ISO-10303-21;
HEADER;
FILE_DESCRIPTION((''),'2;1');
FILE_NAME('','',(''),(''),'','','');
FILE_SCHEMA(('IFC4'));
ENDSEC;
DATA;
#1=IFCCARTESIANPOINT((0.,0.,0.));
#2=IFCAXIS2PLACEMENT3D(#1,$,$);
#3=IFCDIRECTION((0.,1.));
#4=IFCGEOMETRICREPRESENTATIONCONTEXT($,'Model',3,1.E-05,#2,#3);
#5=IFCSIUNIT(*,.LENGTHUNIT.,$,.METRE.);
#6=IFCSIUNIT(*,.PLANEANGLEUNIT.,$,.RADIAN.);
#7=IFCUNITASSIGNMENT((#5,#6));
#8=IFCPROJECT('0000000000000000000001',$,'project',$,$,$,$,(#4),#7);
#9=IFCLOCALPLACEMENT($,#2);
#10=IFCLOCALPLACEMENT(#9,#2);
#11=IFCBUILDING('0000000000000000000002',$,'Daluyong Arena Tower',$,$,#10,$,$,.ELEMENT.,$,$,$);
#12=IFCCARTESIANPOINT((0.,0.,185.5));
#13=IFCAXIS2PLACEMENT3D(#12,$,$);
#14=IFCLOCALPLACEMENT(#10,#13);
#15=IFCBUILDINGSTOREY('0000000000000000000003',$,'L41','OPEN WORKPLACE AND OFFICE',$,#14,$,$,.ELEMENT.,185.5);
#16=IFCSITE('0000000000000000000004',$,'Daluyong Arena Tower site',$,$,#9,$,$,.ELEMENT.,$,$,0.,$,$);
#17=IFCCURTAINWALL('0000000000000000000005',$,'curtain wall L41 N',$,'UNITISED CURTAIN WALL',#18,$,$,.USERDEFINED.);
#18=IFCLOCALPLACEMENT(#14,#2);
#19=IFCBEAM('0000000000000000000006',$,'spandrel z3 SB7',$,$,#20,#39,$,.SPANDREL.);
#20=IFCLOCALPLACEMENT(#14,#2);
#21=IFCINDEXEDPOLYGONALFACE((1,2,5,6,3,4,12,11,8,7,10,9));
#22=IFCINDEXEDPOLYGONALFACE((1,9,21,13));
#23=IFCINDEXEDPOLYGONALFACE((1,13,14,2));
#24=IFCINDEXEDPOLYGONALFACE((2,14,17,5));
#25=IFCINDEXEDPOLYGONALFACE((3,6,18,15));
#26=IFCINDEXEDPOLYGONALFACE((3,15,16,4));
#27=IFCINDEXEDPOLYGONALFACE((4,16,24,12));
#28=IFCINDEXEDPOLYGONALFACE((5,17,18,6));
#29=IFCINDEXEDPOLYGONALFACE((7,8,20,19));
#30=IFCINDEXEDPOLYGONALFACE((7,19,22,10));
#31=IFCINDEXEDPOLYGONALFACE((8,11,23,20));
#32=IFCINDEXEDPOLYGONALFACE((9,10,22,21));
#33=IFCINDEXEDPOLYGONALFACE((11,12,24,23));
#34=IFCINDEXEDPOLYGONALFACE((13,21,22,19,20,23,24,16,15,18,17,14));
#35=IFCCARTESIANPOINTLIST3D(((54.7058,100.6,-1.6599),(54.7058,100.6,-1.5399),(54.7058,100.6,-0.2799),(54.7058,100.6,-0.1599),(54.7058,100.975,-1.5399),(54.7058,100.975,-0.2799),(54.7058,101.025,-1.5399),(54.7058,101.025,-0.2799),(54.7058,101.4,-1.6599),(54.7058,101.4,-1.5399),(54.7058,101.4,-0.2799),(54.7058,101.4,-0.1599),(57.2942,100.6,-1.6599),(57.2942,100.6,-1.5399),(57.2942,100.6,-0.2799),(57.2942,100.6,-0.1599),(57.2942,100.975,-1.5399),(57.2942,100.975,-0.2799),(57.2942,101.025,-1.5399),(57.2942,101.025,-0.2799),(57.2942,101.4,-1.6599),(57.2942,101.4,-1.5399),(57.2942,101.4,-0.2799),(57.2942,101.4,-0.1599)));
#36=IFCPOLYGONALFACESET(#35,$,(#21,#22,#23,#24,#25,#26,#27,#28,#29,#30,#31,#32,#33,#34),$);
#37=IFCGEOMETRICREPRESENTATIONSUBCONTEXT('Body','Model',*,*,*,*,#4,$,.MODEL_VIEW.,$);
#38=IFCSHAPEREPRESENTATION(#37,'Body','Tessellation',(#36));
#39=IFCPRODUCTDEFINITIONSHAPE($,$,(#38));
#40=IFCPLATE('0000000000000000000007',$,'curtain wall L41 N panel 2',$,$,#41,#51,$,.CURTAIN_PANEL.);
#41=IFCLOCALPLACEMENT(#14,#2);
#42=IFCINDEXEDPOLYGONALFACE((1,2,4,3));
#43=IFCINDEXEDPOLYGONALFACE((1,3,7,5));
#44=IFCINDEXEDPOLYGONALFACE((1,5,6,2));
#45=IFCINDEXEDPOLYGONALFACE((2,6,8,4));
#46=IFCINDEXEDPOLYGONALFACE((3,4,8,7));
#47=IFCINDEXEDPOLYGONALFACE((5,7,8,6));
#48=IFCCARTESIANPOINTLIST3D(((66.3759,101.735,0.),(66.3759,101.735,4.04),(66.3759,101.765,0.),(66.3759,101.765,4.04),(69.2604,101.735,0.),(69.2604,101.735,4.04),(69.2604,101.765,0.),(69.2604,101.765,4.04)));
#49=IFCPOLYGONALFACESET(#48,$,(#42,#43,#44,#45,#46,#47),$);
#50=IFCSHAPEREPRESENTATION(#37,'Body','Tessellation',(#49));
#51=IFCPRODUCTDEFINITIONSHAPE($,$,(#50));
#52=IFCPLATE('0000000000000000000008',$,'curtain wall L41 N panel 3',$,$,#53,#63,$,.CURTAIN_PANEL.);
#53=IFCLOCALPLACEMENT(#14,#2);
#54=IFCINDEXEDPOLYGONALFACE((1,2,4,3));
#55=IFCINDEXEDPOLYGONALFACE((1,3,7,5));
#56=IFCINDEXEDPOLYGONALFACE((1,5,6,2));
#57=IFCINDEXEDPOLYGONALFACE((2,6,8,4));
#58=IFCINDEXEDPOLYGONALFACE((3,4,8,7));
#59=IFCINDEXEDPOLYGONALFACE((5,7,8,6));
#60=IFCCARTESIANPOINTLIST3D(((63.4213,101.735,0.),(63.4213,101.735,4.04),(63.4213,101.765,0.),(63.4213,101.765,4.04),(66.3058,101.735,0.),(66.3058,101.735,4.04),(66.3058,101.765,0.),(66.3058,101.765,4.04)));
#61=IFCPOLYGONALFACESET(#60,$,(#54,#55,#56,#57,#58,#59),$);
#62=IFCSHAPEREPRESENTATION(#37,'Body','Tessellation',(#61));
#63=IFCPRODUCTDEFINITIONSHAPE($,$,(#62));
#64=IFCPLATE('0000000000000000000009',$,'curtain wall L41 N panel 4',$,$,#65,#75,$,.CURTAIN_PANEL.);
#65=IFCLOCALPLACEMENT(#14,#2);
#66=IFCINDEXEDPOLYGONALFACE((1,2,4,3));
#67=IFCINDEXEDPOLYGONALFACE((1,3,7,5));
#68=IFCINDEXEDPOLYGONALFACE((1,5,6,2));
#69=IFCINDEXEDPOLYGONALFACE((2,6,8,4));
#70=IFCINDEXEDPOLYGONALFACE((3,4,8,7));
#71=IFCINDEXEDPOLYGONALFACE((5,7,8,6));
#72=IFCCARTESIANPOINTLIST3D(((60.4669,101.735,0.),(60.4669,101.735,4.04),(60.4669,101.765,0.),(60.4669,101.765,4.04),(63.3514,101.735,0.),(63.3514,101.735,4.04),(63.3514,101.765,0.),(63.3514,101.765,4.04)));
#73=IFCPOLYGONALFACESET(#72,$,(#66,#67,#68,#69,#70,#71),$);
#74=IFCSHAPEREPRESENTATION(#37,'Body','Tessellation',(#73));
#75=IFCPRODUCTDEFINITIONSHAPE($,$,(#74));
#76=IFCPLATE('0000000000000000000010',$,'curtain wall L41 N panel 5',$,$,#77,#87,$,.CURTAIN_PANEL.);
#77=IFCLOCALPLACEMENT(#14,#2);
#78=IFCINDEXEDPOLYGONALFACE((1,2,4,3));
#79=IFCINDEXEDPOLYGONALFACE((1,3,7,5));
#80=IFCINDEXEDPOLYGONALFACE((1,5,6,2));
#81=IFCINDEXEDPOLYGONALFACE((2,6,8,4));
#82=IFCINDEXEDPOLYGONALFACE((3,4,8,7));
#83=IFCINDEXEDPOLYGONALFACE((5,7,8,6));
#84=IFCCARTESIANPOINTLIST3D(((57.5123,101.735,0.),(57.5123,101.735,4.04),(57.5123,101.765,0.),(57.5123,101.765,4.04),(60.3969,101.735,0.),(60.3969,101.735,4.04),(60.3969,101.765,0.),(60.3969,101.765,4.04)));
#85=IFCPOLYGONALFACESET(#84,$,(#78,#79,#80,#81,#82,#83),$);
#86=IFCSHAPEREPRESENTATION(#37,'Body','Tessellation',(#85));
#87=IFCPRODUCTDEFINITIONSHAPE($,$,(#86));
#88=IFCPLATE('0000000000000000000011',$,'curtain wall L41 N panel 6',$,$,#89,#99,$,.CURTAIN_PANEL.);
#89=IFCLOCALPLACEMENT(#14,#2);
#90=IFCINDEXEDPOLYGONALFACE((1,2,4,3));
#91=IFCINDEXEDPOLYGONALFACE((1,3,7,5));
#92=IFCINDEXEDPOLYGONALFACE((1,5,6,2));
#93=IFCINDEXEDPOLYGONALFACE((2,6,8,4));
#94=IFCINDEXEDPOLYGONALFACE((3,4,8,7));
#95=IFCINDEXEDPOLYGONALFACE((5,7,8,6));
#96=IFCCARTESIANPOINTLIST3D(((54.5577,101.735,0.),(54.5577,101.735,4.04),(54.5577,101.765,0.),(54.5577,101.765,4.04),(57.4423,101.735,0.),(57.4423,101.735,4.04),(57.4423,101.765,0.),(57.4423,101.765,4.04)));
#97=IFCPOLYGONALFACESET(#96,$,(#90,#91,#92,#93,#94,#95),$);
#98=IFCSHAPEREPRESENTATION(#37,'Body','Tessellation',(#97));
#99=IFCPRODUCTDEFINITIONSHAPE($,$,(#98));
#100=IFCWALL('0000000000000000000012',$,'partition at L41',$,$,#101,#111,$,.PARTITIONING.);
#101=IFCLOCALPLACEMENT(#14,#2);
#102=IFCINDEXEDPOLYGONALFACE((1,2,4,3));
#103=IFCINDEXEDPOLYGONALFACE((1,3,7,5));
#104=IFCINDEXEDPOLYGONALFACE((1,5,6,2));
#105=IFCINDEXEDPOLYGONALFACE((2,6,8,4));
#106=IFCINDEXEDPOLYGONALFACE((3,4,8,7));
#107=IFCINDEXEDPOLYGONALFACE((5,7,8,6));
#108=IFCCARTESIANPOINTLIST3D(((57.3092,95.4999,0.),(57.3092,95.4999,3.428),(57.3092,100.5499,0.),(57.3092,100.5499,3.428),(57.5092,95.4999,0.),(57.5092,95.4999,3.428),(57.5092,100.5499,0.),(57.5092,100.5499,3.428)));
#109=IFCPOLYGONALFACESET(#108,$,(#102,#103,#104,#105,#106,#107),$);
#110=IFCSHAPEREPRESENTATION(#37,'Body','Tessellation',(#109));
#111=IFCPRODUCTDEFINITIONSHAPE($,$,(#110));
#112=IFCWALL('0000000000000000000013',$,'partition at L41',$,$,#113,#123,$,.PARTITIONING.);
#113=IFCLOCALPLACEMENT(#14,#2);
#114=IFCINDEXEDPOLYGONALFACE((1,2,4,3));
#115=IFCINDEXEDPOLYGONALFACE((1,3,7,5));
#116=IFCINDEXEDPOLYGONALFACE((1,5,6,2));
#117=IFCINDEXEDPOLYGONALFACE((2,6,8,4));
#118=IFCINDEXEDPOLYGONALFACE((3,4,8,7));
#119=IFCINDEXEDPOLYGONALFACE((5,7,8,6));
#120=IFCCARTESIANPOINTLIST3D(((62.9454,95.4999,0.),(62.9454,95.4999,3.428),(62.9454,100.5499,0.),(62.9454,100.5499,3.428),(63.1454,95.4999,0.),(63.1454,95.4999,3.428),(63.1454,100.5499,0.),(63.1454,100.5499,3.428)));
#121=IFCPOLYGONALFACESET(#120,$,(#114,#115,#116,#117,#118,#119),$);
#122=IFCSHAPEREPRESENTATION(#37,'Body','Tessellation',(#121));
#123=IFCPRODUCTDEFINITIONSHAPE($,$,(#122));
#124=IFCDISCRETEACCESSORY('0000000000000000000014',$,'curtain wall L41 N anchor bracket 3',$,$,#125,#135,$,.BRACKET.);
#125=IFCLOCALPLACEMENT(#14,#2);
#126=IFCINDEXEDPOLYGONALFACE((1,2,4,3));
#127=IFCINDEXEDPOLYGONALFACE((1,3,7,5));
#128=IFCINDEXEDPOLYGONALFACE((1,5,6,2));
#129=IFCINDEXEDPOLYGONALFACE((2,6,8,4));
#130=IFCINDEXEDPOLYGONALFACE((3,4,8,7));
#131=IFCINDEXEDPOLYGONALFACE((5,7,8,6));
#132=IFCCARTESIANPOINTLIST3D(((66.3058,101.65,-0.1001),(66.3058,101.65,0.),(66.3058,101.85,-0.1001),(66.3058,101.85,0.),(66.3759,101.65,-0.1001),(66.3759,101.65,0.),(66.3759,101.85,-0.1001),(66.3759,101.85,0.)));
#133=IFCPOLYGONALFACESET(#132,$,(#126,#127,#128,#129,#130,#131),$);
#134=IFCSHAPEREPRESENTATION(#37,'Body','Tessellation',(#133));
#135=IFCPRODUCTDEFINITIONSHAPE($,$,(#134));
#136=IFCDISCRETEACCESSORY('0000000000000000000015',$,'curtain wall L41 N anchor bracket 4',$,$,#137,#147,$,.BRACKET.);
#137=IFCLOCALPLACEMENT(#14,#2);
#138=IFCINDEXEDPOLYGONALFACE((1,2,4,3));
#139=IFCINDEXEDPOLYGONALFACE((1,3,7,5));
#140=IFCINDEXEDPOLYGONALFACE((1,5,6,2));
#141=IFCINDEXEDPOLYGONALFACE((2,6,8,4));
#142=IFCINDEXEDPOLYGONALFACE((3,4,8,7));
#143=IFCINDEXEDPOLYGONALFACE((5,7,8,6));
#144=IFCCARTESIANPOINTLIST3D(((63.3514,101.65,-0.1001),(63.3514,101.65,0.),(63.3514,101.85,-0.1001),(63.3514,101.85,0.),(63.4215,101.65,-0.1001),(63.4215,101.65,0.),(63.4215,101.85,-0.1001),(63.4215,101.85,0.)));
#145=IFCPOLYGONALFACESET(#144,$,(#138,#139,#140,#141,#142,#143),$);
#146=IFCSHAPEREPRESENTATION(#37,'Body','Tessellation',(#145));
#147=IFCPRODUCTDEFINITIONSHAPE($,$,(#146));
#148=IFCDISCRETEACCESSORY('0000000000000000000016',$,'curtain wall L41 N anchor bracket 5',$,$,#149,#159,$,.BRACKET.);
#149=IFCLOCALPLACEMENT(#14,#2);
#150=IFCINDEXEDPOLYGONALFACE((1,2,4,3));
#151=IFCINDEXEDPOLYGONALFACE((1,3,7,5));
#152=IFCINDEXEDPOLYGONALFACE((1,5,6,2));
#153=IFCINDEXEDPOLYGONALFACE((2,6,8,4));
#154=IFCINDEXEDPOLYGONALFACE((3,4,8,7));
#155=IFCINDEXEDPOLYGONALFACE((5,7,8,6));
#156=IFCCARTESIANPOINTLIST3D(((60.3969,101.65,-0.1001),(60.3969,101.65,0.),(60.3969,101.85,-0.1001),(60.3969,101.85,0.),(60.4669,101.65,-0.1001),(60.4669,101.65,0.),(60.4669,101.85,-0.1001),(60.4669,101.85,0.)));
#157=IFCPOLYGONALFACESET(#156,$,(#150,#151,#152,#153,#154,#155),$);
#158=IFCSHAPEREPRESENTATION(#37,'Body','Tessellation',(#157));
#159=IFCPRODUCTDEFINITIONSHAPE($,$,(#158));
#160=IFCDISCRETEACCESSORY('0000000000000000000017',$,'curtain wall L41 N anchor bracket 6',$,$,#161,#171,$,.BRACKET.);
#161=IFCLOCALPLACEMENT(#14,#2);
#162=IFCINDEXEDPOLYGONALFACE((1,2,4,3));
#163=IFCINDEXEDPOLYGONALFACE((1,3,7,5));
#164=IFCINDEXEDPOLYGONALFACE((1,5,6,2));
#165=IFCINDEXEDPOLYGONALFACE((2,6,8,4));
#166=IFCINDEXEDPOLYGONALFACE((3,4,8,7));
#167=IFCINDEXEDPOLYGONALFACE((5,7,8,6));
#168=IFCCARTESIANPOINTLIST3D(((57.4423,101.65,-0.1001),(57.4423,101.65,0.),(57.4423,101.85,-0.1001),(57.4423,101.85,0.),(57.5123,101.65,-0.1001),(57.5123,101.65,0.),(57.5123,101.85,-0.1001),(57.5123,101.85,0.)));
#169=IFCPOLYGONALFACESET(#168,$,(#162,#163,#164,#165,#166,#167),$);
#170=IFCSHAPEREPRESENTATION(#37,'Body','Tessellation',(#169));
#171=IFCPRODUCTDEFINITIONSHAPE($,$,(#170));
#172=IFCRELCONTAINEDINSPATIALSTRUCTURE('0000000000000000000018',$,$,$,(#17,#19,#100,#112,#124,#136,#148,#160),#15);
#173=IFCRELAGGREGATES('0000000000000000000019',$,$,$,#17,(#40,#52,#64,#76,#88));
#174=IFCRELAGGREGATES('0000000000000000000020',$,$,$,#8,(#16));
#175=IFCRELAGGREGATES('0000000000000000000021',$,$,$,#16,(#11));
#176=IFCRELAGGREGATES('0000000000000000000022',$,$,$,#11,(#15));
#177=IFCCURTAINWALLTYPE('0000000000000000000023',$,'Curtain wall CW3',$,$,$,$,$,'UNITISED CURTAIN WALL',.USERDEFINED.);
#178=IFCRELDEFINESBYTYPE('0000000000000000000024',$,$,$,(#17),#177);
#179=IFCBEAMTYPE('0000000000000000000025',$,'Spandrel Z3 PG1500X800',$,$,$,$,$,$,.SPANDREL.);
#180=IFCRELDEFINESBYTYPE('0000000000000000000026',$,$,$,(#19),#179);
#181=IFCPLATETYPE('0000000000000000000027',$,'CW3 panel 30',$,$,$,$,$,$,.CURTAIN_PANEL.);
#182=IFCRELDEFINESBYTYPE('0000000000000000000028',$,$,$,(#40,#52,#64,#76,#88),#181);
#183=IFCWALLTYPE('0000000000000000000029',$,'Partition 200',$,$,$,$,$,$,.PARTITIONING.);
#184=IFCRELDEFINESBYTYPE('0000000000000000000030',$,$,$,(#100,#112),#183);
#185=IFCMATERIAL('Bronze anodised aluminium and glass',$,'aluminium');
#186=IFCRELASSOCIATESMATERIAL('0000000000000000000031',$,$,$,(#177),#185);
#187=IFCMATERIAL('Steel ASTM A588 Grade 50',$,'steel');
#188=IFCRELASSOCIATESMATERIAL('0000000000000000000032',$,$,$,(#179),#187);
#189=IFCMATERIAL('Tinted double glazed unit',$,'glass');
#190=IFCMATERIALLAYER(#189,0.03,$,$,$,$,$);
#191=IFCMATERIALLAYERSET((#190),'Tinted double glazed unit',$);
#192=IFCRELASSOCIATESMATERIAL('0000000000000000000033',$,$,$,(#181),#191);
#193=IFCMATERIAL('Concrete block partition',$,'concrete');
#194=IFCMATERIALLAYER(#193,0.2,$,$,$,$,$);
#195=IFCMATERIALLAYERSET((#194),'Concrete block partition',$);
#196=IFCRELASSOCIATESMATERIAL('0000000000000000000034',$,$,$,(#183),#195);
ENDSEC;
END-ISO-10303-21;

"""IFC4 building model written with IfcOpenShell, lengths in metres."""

from ifc_helpers import new_model, si_unit, direction, frame, frame_2d, origin, origin_2d, place, context, subcontext, project, spatial, rectangle, i_section, extrude, material, layer, layer_set, material_profile, profile_set, type_object, element, aggregate, save


model = new_model("IFC4")

# Units and contexts
model_context = context("Model", 3, precision=1e-05, world=origin(), true_north=direction((0.0, 1.0)))
body_context = subcontext(model_context, "Body", "Model", "MODEL_VIEW")
ifc_project = project(units=[si_unit("LENGTHUNIT", "METRE"), si_unit("PLANEANGLEUNIT", "RADIAN")], contexts=[model_context])

# Site, building, storey
site_placement = place(None, origin())
site = spatial("IfcSite", under=ifc_project, at=site_placement, Name="Daluyong Arena Tower site", CompositionType="ELEMENT", RefElevation=0.0)
building_placement = place(site_placement, origin())
building = spatial("IfcBuilding", under=site, at=building_placement, Name="Daluyong Arena Tower", CompositionType="ELEMENT")
storey_placement = place(building_placement, frame((0.0, 0.0, 185.5)))
storey = spatial("IfcBuildingStorey", under=building, at=storey_placement, Name="L41", Description="OPEN WORKPLACE AND OFFICE", CompositionType="ELEMENT", Elevation=185.5)

# Curtain wall
ifc_material_1 = material(Name="Bronze anodised aluminium and glass", Category="aluminium")
curtain_wall_type = type_object("IfcCurtainWallType", Name="Curtain wall CW3", ElementType="UNITISED CURTAIN WALL", PredefinedType="USERDEFINED", material=ifc_material_1)
curtain_wall_placement = place(storey_placement, origin())
curtain_wall = element("IfcCurtainWall", 1, at=curtain_wall_placement, inside=storey, type_object=curtain_wall_type, Name="curtain wall L41 N", ObjectType="UNITISED CURTAIN WALL", PredefinedType="USERDEFINED")

# Beam
ifc_material_2 = material(Name="Steel ASTM A588 Grade 50", Category="steel")
ifc_material_profile_1 = material_profile(ifc_material_2, i_section(OverallWidth=0.8, OverallDepth=1.5, WebThickness=0.05, FlangeThickness=0.12, at=origin_2d()))
ifc_profile_set_1 = profile_set([ifc_material_profile_1], Name="Steel ASTM A588 Grade 50")
beam_type_1 = type_object("IfcBeamType", Name="Spandrel Z3 PG1500X800", PredefinedType="SPANDREL", material=ifc_profile_set_1)
beam_1_placement = place(storey_placement, frame((57.2942, 101.0, -0.9099), z_axis=(-1.0, 0.0, 0.0), x_axis=(0.0, -1.0, 0.0)))
element("IfcBeam", 2, at=beam_1_placement, inside=storey, type_object=beam_type_1, Name="spandrel z3 SB7", PredefinedType="SPANDREL", context=body_context, shape_type="SweptSolid", body=[
    extrude(i_section(OverallWidth=0.8, OverallDepth=1.5, WebThickness=0.05, FlangeThickness=0.12, at=origin_2d()), origin(), (0.0, 0.0, 1.0), 2.5884),
])

# Plates
ifc_material_3 = material(Name="Tinted double glazed unit", Category="glass")
ifc_layer_1 = layer(ifc_material_3, 0.03)
ifc_layer_set_1 = layer_set([ifc_layer_1], Name="Tinted double glazed unit")
plate_type = type_object("IfcPlateType", Name="CW3 panel 30", PredefinedType="CURTAIN_PANEL", material=ifc_layer_set_1)
plate_1_placement = place(storey_placement, frame((67.8181, 101.75, 0.0), z_axis=(0.0, 0.0, 1.0), x_axis=(-1.0, 0.0, 0.0)))
plate_1 = element("IfcPlate", 3, at=plate_1_placement, type_object=plate_type, Name="curtain wall L41 N panel 2", PredefinedType="CURTAIN_PANEL", context=body_context, shape_type="SweptSolid", body=[
    extrude(rectangle(XDim=2.8845, YDim=0.03, at=origin_2d()), origin(), (0.0, 0.0, 1.0), 4.04),
])
plate_2_placement = place(storey_placement, frame((64.8635, 101.75, 0.0), z_axis=(0.0, 0.0, 1.0), x_axis=(-1.0, 0.0, 0.0)))
plate_2 = element("IfcPlate", 4, at=plate_2_placement, type_object=plate_type, Name="curtain wall L41 N panel 3", PredefinedType="CURTAIN_PANEL", context=body_context, shape_type="SweptSolid", body=[
    extrude(rectangle(XDim=2.8845, YDim=0.03, at=origin_2d()), origin(), (0.0, 0.0, 1.0), 4.04),
])
plate_3_placement = place(storey_placement, frame((61.9092, 101.75, 0.0), z_axis=(0.0, 0.0, 1.0), x_axis=(-1.0, 0.0, 0.0)))
plate_3 = element("IfcPlate", 5, at=plate_3_placement, type_object=plate_type, Name="curtain wall L41 N panel 4", PredefinedType="CURTAIN_PANEL", context=body_context, shape_type="SweptSolid", body=[
    extrude(rectangle(XDim=2.8845, YDim=0.03, at=origin_2d()), origin(), (0.0, 0.0, 1.0), 4.04),
])
plate_4_placement = place(storey_placement, frame((58.9546, 101.75, 0.0), z_axis=(0.0, 0.0, 1.0), x_axis=(-1.0, 0.0, 0.0)))
plate_4 = element("IfcPlate", 6, at=plate_4_placement, type_object=plate_type, Name="curtain wall L41 N panel 5", PredefinedType="CURTAIN_PANEL", context=body_context, shape_type="SweptSolid", body=[
    extrude(rectangle(XDim=2.8845, YDim=0.03, at=origin_2d()), origin(), (0.0, 0.0, 1.0), 4.04),
])
plate_5_placement = place(storey_placement, frame((56.0, 101.75, 0.0), z_axis=(0.0, 0.0, 1.0), x_axis=(-1.0, 0.0, 0.0)))
plate_5 = element("IfcPlate", 7, at=plate_5_placement, type_object=plate_type, Name="curtain wall L41 N panel 6", PredefinedType="CURTAIN_PANEL", context=body_context, shape_type="SweptSolid", body=[
    extrude(rectangle(XDim=2.8845, YDim=0.03, at=origin_2d()), origin(), (0.0, 0.0, 1.0), 4.04),
])
aggregate(curtain_wall, [plate_1, plate_2, plate_3, plate_4, plate_5])

# Walls
ifc_material_4 = material(Name="Concrete block partition", Category="concrete")
ifc_layer_2 = layer(ifc_material_4, 0.2)
ifc_layer_set_2 = layer_set([ifc_layer_2], Name="Concrete block partition")
wall_type = type_object("IfcWallType", Name="Partition 200", PredefinedType="PARTITIONING", material=ifc_layer_set_2)
for number, where, z_axis, x_axis, name in (
    (8, (57.4092, 95.5, 0.0), (0.0, 0.0, 1.0), (0.0, 1.0, 0.0), "partition at L41"),
    (9, (63.0454, 95.5, 0.0), (0.0, 0.0, 1.0), (0.0, 1.0, 0.0), "partition at L41"),
):
    element("IfcWall", number, at=place(storey_placement, frame(where, z_axis=z_axis, x_axis=x_axis)), inside=storey, type_object=wall_type, Name=name, PredefinedType="PARTITIONING", context=body_context, shape_type="SweptSolid", body=[
        extrude(rectangle(XDim=5.05, YDim=0.2, at=frame_2d((2.5249, 0.0))), origin(), (0.0, 0.0, 1.0), 3.428),
    ])

# Discrete accessories
for number, where, z_axis, x_axis, name in (
    (10, (66.3408, 101.75, -0.1001), (0.0, 0.0, 1.0), (-1.0, 0.0, 0.0), "curtain wall L41 N anchor bracket 3"),
    (11, (63.3865, 101.75, -0.1001), (0.0, 0.0, 1.0), (-1.0, 0.0, 0.0), "curtain wall L41 N anchor bracket 4"),
    (12, (60.4319, 101.75, -0.1001), (0.0, 0.0, 1.0), (-1.0, 0.0, 0.0), "curtain wall L41 N anchor bracket 5"),
    (13, (57.4773, 101.75, -0.1001), (0.0, 0.0, 1.0), (-1.0, 0.0, 0.0), "curtain wall L41 N anchor bracket 6"),
):
    element("IfcDiscreteAccessory", number, at=place(storey_placement, frame(where, z_axis=z_axis, x_axis=x_axis)), inside=storey, Name=name, PredefinedType="BRACKET", context=body_context, shape_type="SweptSolid", body=[
        extrude(rectangle(XDim=0.0701, YDim=0.2, at=origin_2d()), origin(), (0.0, 0.0, 1.0), 0.1001),
    ])

save(model, "model.ifc")
